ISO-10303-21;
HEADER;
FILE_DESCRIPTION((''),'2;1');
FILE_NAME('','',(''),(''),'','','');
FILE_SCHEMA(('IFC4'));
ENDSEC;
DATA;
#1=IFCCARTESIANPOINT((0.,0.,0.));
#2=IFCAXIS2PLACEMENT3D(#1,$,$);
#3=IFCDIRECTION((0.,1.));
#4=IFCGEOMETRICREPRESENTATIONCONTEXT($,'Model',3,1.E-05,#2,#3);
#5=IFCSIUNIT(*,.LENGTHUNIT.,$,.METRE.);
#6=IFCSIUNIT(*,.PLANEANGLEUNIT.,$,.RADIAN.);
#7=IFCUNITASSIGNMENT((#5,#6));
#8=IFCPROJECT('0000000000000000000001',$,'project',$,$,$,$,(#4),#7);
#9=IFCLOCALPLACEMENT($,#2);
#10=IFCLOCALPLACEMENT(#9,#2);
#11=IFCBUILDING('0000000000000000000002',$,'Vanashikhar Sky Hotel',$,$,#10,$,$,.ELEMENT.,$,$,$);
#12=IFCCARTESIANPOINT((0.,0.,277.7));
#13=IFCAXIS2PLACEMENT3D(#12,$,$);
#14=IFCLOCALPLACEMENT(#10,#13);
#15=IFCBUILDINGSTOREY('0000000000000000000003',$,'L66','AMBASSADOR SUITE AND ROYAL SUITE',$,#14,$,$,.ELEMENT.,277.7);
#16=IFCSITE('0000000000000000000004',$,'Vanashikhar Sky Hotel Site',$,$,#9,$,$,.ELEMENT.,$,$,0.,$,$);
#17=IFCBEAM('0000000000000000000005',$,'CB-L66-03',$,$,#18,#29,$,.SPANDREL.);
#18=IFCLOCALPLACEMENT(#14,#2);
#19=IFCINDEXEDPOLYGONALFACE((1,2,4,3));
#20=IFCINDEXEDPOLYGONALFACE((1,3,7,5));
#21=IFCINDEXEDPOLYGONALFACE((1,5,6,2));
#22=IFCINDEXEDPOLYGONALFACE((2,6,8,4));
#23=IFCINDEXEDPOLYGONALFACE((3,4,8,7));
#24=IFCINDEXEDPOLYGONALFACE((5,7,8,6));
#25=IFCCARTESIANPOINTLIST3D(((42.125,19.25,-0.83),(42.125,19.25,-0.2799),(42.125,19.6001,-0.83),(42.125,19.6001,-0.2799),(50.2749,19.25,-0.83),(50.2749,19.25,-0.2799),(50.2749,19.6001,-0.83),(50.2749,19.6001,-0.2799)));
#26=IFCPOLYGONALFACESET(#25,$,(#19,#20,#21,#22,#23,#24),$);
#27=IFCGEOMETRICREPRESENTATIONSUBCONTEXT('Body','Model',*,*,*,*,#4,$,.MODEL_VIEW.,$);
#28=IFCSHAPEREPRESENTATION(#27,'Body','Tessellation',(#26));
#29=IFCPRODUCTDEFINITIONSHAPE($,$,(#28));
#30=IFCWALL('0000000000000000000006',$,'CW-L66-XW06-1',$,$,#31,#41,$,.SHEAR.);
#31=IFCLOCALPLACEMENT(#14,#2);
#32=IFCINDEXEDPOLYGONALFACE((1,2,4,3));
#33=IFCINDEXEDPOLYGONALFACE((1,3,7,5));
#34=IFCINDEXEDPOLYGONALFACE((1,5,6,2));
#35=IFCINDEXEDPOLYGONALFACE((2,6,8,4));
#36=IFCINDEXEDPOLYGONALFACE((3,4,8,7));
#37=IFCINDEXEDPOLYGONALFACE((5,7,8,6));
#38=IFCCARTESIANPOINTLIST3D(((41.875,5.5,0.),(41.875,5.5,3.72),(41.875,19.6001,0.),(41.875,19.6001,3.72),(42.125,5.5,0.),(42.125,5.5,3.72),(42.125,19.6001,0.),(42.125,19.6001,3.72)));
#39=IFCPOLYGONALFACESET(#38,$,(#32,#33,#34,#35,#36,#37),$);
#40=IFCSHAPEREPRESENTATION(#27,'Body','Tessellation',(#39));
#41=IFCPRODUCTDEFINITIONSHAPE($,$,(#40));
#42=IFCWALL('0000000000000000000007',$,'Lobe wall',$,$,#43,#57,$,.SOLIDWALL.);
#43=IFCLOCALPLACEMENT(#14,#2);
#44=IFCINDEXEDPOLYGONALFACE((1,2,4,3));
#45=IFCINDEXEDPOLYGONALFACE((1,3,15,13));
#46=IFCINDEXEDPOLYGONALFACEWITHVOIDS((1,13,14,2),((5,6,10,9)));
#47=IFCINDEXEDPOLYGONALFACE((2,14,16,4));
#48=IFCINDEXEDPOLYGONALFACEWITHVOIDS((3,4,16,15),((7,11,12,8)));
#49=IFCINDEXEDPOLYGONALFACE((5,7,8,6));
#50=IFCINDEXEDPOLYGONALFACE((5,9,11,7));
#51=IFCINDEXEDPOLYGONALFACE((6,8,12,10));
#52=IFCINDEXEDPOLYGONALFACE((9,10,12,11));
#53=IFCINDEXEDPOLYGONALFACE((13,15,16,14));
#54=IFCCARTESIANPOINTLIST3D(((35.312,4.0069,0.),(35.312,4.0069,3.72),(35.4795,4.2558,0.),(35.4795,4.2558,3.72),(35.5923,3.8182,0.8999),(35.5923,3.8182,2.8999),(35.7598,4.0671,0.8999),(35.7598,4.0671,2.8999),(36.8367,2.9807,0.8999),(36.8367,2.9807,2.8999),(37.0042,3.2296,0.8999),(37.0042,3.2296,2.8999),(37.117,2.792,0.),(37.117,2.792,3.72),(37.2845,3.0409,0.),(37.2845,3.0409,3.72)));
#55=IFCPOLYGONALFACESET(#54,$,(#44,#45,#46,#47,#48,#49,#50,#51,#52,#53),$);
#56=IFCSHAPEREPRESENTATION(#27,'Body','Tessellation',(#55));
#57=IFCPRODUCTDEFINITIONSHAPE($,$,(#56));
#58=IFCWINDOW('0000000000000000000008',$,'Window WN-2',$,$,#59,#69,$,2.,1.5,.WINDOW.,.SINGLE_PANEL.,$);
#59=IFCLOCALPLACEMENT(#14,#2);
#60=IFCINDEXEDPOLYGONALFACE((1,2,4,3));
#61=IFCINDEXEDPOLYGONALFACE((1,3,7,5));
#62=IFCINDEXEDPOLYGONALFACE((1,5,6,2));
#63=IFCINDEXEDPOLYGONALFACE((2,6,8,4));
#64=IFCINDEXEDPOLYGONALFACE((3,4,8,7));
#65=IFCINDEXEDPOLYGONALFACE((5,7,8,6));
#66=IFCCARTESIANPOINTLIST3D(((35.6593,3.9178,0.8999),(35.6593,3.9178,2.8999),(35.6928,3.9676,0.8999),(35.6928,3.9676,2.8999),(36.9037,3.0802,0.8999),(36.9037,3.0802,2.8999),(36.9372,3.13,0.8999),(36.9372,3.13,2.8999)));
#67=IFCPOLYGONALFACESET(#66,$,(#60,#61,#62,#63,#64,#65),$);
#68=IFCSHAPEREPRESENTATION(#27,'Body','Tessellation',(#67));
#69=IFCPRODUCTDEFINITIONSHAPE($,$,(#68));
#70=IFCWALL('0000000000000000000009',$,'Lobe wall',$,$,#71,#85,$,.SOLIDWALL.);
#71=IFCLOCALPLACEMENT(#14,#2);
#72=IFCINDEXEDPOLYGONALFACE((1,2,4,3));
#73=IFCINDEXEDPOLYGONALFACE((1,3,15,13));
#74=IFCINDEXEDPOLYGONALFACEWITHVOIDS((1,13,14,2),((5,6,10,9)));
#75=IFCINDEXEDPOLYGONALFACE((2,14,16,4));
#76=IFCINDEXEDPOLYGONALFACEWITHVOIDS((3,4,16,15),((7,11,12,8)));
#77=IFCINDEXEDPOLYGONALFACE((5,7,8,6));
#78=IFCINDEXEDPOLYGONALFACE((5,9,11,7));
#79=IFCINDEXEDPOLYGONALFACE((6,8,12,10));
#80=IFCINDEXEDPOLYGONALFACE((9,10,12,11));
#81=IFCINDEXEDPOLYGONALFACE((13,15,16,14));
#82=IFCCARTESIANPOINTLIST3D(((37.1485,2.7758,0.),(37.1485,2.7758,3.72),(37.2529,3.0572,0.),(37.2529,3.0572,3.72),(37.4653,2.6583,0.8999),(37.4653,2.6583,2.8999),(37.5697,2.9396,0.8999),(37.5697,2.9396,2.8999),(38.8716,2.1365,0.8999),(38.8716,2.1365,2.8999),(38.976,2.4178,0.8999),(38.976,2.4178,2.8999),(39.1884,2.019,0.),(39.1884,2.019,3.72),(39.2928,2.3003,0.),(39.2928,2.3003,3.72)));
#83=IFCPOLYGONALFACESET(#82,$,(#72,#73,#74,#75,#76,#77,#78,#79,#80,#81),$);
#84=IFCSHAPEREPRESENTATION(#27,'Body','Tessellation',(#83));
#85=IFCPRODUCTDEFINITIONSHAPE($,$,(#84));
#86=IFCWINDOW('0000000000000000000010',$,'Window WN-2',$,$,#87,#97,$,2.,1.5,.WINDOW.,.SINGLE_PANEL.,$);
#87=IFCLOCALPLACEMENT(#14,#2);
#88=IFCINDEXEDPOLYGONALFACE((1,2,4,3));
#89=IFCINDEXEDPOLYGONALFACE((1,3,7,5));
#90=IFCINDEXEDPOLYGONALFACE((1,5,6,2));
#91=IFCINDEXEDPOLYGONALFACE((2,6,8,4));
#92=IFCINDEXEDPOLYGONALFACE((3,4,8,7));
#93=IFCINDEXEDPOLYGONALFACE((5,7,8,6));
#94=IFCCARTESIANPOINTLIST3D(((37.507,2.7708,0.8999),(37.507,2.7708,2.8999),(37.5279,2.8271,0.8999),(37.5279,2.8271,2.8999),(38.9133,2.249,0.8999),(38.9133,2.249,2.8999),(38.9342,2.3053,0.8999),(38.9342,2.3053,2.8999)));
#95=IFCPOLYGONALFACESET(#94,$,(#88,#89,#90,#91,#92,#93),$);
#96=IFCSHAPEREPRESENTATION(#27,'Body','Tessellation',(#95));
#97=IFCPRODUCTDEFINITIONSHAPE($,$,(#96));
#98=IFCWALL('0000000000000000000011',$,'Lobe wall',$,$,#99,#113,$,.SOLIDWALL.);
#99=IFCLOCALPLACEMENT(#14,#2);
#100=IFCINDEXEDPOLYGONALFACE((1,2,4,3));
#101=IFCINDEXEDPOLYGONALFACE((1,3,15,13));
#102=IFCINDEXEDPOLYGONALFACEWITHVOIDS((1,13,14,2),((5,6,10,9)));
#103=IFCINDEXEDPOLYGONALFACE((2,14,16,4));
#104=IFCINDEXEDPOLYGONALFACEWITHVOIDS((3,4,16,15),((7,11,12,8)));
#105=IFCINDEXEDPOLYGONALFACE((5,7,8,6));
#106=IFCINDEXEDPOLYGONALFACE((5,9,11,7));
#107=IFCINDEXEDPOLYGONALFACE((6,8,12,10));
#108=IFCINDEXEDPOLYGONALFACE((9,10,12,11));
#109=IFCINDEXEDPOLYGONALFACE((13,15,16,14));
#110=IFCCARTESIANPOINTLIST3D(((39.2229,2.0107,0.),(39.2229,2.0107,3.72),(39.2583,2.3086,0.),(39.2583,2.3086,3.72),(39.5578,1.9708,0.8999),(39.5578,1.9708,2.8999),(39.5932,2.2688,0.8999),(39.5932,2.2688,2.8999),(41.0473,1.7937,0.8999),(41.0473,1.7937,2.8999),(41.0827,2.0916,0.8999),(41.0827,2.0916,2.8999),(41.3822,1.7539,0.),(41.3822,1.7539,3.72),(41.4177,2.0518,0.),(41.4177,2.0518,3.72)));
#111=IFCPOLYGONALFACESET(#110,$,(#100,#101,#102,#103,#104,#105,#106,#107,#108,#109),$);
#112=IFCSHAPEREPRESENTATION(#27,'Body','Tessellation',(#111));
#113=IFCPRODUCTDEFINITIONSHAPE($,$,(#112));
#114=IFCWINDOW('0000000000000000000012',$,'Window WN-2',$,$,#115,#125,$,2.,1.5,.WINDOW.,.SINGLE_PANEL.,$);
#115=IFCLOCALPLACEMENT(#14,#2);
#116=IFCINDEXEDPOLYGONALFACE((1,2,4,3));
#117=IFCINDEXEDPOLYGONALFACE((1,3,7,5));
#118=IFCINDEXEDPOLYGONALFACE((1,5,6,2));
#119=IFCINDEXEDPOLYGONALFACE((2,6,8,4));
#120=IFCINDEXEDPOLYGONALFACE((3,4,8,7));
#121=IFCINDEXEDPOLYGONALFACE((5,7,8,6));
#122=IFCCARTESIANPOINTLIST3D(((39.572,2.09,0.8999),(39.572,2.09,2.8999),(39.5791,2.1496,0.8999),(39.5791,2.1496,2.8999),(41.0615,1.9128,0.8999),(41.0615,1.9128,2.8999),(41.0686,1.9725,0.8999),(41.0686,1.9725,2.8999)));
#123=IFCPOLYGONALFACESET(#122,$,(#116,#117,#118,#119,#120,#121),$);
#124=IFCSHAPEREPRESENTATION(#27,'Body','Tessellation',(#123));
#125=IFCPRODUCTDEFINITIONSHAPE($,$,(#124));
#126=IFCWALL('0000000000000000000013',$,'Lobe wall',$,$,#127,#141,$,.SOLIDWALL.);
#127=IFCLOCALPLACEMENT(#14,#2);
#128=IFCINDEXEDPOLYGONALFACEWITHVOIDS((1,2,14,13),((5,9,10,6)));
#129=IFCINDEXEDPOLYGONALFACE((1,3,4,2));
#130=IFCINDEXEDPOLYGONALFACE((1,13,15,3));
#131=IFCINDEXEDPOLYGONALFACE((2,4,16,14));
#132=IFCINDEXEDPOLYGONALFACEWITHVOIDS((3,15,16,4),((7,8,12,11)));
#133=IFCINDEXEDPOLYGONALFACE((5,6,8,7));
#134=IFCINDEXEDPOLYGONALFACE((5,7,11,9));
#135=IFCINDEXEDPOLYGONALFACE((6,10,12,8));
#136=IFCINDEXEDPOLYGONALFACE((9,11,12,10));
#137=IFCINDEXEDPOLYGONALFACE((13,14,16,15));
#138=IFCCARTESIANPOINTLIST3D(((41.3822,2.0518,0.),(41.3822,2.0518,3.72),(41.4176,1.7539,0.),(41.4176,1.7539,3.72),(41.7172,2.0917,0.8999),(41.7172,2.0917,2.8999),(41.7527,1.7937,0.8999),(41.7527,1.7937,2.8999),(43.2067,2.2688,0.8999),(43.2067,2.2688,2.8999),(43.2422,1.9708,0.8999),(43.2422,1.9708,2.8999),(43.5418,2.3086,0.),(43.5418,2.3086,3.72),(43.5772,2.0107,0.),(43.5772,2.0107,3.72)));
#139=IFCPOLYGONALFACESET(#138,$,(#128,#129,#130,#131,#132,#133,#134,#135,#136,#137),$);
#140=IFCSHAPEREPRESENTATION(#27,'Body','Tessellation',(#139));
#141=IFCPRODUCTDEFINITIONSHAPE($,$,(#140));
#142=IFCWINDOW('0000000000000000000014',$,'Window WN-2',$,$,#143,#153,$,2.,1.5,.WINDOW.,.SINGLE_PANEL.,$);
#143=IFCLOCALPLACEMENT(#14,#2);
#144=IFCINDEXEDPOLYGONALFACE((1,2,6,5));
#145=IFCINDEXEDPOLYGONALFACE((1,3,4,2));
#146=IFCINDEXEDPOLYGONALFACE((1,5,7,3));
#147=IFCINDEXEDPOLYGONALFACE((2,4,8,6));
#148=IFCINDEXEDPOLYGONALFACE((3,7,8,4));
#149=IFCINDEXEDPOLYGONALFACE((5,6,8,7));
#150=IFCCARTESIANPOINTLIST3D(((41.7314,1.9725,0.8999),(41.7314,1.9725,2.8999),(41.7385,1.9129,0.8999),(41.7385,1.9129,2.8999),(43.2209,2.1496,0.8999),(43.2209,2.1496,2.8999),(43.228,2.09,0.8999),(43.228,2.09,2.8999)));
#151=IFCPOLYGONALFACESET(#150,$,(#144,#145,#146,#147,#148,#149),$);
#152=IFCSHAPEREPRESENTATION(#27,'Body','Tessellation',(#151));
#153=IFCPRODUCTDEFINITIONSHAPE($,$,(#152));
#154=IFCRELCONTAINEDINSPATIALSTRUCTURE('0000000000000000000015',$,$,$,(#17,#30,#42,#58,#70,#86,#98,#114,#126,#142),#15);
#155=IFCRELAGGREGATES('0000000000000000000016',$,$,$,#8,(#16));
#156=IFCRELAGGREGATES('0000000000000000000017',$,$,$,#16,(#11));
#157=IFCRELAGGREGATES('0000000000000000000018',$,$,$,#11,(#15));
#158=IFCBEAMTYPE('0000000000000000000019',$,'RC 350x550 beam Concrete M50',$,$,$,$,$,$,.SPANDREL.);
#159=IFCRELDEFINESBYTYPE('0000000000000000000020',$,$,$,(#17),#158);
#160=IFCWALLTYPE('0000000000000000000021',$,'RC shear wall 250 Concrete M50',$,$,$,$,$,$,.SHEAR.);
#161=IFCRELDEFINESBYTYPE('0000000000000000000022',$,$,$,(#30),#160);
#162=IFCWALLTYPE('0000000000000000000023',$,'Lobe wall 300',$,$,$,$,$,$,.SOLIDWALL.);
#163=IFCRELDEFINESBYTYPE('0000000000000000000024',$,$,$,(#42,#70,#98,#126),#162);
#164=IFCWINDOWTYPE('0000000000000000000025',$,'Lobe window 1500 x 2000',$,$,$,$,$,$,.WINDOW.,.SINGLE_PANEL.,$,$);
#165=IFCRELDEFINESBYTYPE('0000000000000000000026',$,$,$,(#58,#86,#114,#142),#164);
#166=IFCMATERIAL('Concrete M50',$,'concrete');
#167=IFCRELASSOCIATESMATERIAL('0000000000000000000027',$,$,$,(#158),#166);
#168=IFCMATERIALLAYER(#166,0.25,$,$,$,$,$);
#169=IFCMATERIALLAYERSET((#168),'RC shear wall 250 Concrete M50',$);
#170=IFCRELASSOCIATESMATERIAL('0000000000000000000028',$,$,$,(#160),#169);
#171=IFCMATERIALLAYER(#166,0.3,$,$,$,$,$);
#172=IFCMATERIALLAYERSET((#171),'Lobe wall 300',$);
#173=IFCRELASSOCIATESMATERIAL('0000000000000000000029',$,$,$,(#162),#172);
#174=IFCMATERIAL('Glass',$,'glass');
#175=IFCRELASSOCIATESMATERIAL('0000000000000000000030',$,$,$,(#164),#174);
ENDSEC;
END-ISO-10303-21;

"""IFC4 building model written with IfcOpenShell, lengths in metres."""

from ifc_helpers import new_model, si_unit, direction, frame, frame_2d, origin, origin_2d, place, context, subcontext, project, spatial, rectangle, extrude, source, transform, mapped, material, layer, layer_set, material_profile, profile_set, type_object, element, fill, save


model = new_model("IFC4")

# Units and contexts
model_context = context("Model", 3, precision=1e-05, world=origin(), true_north=direction((0.0, 1.0)))
body_context = subcontext(model_context, "Body", "Model", "MODEL_VIEW")
ifc_project = project(units=[si_unit("LENGTHUNIT", "METRE"), si_unit("PLANEANGLEUNIT", "RADIAN")], contexts=[model_context])

# Site, building, storey
site_placement = place(None, origin())
site = spatial("IfcSite", under=ifc_project, at=site_placement, Name="Vanashikhar Sky Hotel Site", CompositionType="ELEMENT", RefElevation=0.0)
building_placement = place(site_placement, origin())
building = spatial("IfcBuilding", under=site, at=building_placement, Name="Vanashikhar Sky Hotel", CompositionType="ELEMENT")
storey_placement = place(building_placement, frame((0.0, 0.0, 277.7)))
storey = spatial("IfcBuildingStorey", under=building, at=storey_placement, Name="L66", Description="AMBASSADOR SUITE AND ROYAL SUITE", CompositionType="ELEMENT", Elevation=277.7)

# Beam
ifc_material_1 = material(Name="Concrete M50", Category="concrete")
ifc_material_profile_1 = material_profile(ifc_material_1, rectangle(XDim=0.3501, YDim=0.55, at=origin_2d()))
ifc_profile_set_1 = profile_set([ifc_material_profile_1], Name="RC 350x550 beam Concrete M50")
beam_type = type_object("IfcBeamType", Name="RC 350x550 beam Concrete M50", PredefinedType="SPANDREL", material=ifc_profile_set_1)
shared_shape_1 = source(origin(), body_context, "Body", "SweptSolid", [
    extrude(rectangle(XDim=0.3501, YDim=0.55, at=origin_2d()), origin(), (0.0, 0.0, 1.0), 8.1499),
])
beam_placement = place(storey_placement, frame((42.125, 19.425, -0.5549), z_axis=(1.0, 0.0, 0.0), x_axis=(0.0, 1.0, 0.0)))
element("IfcBeam", 1, at=beam_placement, inside=storey, type_object=beam_type, Name="CB-L66-03", PredefinedType="SPANDREL", context=body_context, shape_type="MappedRepresentation", body=[
    mapped(shared_shape_1, transform((0.0, 0.0, 0.0), scale=1.0)),
])

# Wall
ifc_layer_1 = layer(ifc_material_1, 0.25)
ifc_layer_set_1 = layer_set([ifc_layer_1], Name="RC shear wall 250 Concrete M50")
wall_type_1 = type_object("IfcWallType", Name="RC shear wall 250 Concrete M50", PredefinedType="SHEAR", material=ifc_layer_set_1)
shared_shape_2 = source(origin(), body_context, "Body", "SweptSolid", [
    extrude(rectangle(XDim=14.1001, YDim=0.25, at=frame_2d((7.05, 0.0))), origin(), (0.0, 0.0, 1.0), 3.72),
])
wall_1_placement = place(storey_placement, frame((42.0, 5.5, 0.0), z_axis=(0.0, 0.0, 1.0), x_axis=(0.0, 1.0, 0.0)))
element("IfcWall", 2, at=wall_1_placement, inside=storey, type_object=wall_type_1, Name="CW-L66-XW06-1", PredefinedType="SHEAR", context=body_context, shape_type="MappedRepresentation", body=[
    mapped(shared_shape_2, transform((0.0, 0.0, 0.0), scale=1.0)),
])

# Walls, openings, windows
ifc_layer_2 = layer(ifc_material_1, 0.3)
ifc_layer_set_2 = layer_set([ifc_layer_2], Name="Lobe wall 300")
wall_type_2 = type_object("IfcWallType", Name="Lobe wall 300", PredefinedType="SOLIDWALL", material=ifc_layer_set_2)
shared_shape_3 = source(origin(), body_context, "Body", "SweptSolid", [
    extrude(rectangle(XDim=2.1758, YDim=0.3, at=frame_2d((1.0879, 0.0))), origin(), (0.0, 0.0, 1.0), 3.72),
])
wall_2_placement = place(storey_placement, frame((35.3958, 4.1313, 0.0), z_axis=(0.0, 0.0, 1.0), x_axis=(0.829591, -0.558372, 0.0)))
wall_2 = element("IfcWall", 3, at=wall_2_placement, inside=storey, type_object=wall_type_2, Name="Lobe wall", PredefinedType="SOLIDWALL", context=body_context, shape_type="MappedRepresentation", body=[
    mapped(shared_shape_3, transform((0.0, 0.0, 0.0), scale=1.0)),
])
shared_shape_4 = source(origin(), body_context, "Body", "SweptSolid", [
    extrude(rectangle(XDim=1.5, YDim=2.0, at=frame_2d((0.75, 1.0))), frame((0.0, 0.1602, 0.0), z_axis=(0.0, -1.0, 0.0), x_axis=(1.0, 0.0, 0.0)), (0.0, 0.0, 1.0), 0.3201),
])
opening_1_placement = place(wall_2_placement, frame((0.3379, 0.0, 0.8999)))
opening_1 = element("IfcOpeningElement", 4, at=opening_1_placement, cuts=wall_2, PredefinedType="OPENING", context=body_context, shape_type="MappedRepresentation", body=[
    mapped(shared_shape_4, transform((0.0, 0.0, 0.0), scale=1.0)),
])
ifc_material_2 = material(Name="Glass", Category="glass")
window_type = type_object("IfcWindowType", Name="Lobe window 1500 x 2000", PartitioningType="SINGLE_PANEL", PredefinedType="WINDOW", material=ifc_material_2)
shared_shape_5 = source(origin(), body_context, "Body", "SweptSolid", [
    extrude(rectangle(XDim=1.5, YDim=2.0, at=frame_2d((0.75, 1.0))), frame((0.0, 0.03, 0.0), z_axis=(0.0, -1.0, 0.0), x_axis=(1.0, 0.0, 0.0)), (0.0, 0.0, 1.0), 0.0601),
])
window_1_placement = place(opening_1_placement, origin())
window_1 = element("IfcWindow", 5, at=window_1_placement, inside=storey, type_object=window_type, Name="Window WN-2", OverallHeight=2.0, OverallWidth=1.5, PartitioningType="SINGLE_PANEL", PredefinedType="WINDOW", context=body_context, shape_type="MappedRepresentation", body=[
    mapped(shared_shape_5, transform((0.0, 0.0, 0.0), scale=1.0)),
])
fill(opening_1, window_1)
wall_3_placement = place(storey_placement, frame((37.2007, 2.9165, 0.0), z_axis=(0.0, 0.0, 1.0), x_axis=(0.937546, -0.347863, 0.0)))
wall_3 = element("IfcWall", 6, at=wall_3_placement, inside=storey, type_object=wall_type_2, Name="Lobe wall", PredefinedType="SOLIDWALL", context=body_context, shape_type="MappedRepresentation", body=[
    mapped(shared_shape_3, transform((0.0, 0.0, 0.0), scale=1.0)),
])
opening_2_placement = place(wall_3_placement, frame((0.3379, 0.0, 0.8999)))
opening_2 = element("IfcOpeningElement", 7, at=opening_2_placement, cuts=wall_3, PredefinedType="OPENING", context=body_context, shape_type="MappedRepresentation", body=[
    mapped(shared_shape_4, transform((0.0, 0.0, 0.0), scale=1.0)),
])
window_2_placement = place(opening_2_placement, origin())
window_2 = element("IfcWindow", 8, at=window_2_placement, inside=storey, type_object=window_type, Name="Window WN-2", OverallHeight=2.0, OverallWidth=1.5, PartitioningType="SINGLE_PANEL", PredefinedType="WINDOW", context=body_context, shape_type="MappedRepresentation", body=[
    mapped(shared_shape_5, transform((0.0, 0.0, 0.0), scale=1.0)),
])
fill(opening_2, window_2)
shared_shape_6 = source(origin(), body_context, "Body", "SweptSolid", [
    extrude(rectangle(XDim=2.1746, YDim=0.3, at=frame_2d((1.0874, 0.0))), origin(), (0.0, 0.0, 1.0), 3.72),
])
wall_4_placement = place(storey_placement, frame((39.2405, 2.1597, 0.0), z_axis=(0.0, 0.0, 1.0), x_axis=(0.993001, -0.118105, 0.0)))
wall_4 = element("IfcWall", 9, at=wall_4_placement, inside=storey, type_object=wall_type_2, Name="Lobe wall", PredefinedType="SOLIDWALL", context=body_context, shape_type="MappedRepresentation", body=[
    mapped(shared_shape_6, transform((0.0, 0.0, 0.0), scale=1.0)),
])
opening_3_placement = place(wall_4_placement, frame((0.3374, 0.0, 0.8999)))
opening_3 = element("IfcOpeningElement", 10, at=opening_3_placement, cuts=wall_4, PredefinedType="OPENING", context=body_context, shape_type="MappedRepresentation", body=[
    mapped(shared_shape_4, transform((0.0, 0.0, 0.0), scale=1.0)),
])
window_3_placement = place(opening_3_placement, origin())
window_3 = element("IfcWindow", 11, at=window_3_placement, inside=storey, type_object=window_type, Name="Window WN-2", OverallHeight=2.0, OverallWidth=1.5, PartitioningType="SINGLE_PANEL", PredefinedType="WINDOW", context=body_context, shape_type="MappedRepresentation", body=[
    mapped(shared_shape_5, transform((0.0, 0.0, 0.0), scale=1.0)),
])
fill(opening_3, window_3)
shared_shape_7 = source(origin(), body_context, "Body", "SweptSolid", [
    extrude(rectangle(XDim=2.1748, YDim=0.3, at=frame_2d((1.0874, 0.0))), origin(), (0.0, 0.0, 1.0), 3.72),
])
wall_5_placement = place(storey_placement, frame((41.3999, 1.9028, 0.0), z_axis=(0.0, 0.0, 1.0), x_axis=(0.993003, 0.118092, 0.0)))
wall_5 = element("IfcWall", 12, at=wall_5_placement, inside=storey, type_object=wall_type_2, Name="Lobe wall", PredefinedType="SOLIDWALL", context=body_context, shape_type="MappedRepresentation", body=[
    mapped(shared_shape_7, transform((0.0, 0.0, 0.0), scale=1.0)),
])
opening_4_placement = place(wall_5_placement, frame((0.3374, 0.0, 0.8999)))
opening_4 = element("IfcOpeningElement", 13, at=opening_4_placement, cuts=wall_5, PredefinedType="OPENING", context=body_context, shape_type="MappedRepresentation", body=[
    mapped(shared_shape_4, transform((0.0, 0.0, 0.0), scale=1.0)),
])
window_4_placement = place(opening_4_placement, origin())
window_4 = element("IfcWindow", 14, at=window_4_placement, inside=storey, type_object=window_type, Name="Window WN-2", OverallHeight=2.0, OverallWidth=1.5, PartitioningType="SINGLE_PANEL", PredefinedType="WINDOW", context=body_context, shape_type="MappedRepresentation", body=[
    mapped(shared_shape_5, transform((0.0, 0.0, 0.0), scale=1.0)),
])
fill(opening_4, window_4)

save(model, "model.ifc")
